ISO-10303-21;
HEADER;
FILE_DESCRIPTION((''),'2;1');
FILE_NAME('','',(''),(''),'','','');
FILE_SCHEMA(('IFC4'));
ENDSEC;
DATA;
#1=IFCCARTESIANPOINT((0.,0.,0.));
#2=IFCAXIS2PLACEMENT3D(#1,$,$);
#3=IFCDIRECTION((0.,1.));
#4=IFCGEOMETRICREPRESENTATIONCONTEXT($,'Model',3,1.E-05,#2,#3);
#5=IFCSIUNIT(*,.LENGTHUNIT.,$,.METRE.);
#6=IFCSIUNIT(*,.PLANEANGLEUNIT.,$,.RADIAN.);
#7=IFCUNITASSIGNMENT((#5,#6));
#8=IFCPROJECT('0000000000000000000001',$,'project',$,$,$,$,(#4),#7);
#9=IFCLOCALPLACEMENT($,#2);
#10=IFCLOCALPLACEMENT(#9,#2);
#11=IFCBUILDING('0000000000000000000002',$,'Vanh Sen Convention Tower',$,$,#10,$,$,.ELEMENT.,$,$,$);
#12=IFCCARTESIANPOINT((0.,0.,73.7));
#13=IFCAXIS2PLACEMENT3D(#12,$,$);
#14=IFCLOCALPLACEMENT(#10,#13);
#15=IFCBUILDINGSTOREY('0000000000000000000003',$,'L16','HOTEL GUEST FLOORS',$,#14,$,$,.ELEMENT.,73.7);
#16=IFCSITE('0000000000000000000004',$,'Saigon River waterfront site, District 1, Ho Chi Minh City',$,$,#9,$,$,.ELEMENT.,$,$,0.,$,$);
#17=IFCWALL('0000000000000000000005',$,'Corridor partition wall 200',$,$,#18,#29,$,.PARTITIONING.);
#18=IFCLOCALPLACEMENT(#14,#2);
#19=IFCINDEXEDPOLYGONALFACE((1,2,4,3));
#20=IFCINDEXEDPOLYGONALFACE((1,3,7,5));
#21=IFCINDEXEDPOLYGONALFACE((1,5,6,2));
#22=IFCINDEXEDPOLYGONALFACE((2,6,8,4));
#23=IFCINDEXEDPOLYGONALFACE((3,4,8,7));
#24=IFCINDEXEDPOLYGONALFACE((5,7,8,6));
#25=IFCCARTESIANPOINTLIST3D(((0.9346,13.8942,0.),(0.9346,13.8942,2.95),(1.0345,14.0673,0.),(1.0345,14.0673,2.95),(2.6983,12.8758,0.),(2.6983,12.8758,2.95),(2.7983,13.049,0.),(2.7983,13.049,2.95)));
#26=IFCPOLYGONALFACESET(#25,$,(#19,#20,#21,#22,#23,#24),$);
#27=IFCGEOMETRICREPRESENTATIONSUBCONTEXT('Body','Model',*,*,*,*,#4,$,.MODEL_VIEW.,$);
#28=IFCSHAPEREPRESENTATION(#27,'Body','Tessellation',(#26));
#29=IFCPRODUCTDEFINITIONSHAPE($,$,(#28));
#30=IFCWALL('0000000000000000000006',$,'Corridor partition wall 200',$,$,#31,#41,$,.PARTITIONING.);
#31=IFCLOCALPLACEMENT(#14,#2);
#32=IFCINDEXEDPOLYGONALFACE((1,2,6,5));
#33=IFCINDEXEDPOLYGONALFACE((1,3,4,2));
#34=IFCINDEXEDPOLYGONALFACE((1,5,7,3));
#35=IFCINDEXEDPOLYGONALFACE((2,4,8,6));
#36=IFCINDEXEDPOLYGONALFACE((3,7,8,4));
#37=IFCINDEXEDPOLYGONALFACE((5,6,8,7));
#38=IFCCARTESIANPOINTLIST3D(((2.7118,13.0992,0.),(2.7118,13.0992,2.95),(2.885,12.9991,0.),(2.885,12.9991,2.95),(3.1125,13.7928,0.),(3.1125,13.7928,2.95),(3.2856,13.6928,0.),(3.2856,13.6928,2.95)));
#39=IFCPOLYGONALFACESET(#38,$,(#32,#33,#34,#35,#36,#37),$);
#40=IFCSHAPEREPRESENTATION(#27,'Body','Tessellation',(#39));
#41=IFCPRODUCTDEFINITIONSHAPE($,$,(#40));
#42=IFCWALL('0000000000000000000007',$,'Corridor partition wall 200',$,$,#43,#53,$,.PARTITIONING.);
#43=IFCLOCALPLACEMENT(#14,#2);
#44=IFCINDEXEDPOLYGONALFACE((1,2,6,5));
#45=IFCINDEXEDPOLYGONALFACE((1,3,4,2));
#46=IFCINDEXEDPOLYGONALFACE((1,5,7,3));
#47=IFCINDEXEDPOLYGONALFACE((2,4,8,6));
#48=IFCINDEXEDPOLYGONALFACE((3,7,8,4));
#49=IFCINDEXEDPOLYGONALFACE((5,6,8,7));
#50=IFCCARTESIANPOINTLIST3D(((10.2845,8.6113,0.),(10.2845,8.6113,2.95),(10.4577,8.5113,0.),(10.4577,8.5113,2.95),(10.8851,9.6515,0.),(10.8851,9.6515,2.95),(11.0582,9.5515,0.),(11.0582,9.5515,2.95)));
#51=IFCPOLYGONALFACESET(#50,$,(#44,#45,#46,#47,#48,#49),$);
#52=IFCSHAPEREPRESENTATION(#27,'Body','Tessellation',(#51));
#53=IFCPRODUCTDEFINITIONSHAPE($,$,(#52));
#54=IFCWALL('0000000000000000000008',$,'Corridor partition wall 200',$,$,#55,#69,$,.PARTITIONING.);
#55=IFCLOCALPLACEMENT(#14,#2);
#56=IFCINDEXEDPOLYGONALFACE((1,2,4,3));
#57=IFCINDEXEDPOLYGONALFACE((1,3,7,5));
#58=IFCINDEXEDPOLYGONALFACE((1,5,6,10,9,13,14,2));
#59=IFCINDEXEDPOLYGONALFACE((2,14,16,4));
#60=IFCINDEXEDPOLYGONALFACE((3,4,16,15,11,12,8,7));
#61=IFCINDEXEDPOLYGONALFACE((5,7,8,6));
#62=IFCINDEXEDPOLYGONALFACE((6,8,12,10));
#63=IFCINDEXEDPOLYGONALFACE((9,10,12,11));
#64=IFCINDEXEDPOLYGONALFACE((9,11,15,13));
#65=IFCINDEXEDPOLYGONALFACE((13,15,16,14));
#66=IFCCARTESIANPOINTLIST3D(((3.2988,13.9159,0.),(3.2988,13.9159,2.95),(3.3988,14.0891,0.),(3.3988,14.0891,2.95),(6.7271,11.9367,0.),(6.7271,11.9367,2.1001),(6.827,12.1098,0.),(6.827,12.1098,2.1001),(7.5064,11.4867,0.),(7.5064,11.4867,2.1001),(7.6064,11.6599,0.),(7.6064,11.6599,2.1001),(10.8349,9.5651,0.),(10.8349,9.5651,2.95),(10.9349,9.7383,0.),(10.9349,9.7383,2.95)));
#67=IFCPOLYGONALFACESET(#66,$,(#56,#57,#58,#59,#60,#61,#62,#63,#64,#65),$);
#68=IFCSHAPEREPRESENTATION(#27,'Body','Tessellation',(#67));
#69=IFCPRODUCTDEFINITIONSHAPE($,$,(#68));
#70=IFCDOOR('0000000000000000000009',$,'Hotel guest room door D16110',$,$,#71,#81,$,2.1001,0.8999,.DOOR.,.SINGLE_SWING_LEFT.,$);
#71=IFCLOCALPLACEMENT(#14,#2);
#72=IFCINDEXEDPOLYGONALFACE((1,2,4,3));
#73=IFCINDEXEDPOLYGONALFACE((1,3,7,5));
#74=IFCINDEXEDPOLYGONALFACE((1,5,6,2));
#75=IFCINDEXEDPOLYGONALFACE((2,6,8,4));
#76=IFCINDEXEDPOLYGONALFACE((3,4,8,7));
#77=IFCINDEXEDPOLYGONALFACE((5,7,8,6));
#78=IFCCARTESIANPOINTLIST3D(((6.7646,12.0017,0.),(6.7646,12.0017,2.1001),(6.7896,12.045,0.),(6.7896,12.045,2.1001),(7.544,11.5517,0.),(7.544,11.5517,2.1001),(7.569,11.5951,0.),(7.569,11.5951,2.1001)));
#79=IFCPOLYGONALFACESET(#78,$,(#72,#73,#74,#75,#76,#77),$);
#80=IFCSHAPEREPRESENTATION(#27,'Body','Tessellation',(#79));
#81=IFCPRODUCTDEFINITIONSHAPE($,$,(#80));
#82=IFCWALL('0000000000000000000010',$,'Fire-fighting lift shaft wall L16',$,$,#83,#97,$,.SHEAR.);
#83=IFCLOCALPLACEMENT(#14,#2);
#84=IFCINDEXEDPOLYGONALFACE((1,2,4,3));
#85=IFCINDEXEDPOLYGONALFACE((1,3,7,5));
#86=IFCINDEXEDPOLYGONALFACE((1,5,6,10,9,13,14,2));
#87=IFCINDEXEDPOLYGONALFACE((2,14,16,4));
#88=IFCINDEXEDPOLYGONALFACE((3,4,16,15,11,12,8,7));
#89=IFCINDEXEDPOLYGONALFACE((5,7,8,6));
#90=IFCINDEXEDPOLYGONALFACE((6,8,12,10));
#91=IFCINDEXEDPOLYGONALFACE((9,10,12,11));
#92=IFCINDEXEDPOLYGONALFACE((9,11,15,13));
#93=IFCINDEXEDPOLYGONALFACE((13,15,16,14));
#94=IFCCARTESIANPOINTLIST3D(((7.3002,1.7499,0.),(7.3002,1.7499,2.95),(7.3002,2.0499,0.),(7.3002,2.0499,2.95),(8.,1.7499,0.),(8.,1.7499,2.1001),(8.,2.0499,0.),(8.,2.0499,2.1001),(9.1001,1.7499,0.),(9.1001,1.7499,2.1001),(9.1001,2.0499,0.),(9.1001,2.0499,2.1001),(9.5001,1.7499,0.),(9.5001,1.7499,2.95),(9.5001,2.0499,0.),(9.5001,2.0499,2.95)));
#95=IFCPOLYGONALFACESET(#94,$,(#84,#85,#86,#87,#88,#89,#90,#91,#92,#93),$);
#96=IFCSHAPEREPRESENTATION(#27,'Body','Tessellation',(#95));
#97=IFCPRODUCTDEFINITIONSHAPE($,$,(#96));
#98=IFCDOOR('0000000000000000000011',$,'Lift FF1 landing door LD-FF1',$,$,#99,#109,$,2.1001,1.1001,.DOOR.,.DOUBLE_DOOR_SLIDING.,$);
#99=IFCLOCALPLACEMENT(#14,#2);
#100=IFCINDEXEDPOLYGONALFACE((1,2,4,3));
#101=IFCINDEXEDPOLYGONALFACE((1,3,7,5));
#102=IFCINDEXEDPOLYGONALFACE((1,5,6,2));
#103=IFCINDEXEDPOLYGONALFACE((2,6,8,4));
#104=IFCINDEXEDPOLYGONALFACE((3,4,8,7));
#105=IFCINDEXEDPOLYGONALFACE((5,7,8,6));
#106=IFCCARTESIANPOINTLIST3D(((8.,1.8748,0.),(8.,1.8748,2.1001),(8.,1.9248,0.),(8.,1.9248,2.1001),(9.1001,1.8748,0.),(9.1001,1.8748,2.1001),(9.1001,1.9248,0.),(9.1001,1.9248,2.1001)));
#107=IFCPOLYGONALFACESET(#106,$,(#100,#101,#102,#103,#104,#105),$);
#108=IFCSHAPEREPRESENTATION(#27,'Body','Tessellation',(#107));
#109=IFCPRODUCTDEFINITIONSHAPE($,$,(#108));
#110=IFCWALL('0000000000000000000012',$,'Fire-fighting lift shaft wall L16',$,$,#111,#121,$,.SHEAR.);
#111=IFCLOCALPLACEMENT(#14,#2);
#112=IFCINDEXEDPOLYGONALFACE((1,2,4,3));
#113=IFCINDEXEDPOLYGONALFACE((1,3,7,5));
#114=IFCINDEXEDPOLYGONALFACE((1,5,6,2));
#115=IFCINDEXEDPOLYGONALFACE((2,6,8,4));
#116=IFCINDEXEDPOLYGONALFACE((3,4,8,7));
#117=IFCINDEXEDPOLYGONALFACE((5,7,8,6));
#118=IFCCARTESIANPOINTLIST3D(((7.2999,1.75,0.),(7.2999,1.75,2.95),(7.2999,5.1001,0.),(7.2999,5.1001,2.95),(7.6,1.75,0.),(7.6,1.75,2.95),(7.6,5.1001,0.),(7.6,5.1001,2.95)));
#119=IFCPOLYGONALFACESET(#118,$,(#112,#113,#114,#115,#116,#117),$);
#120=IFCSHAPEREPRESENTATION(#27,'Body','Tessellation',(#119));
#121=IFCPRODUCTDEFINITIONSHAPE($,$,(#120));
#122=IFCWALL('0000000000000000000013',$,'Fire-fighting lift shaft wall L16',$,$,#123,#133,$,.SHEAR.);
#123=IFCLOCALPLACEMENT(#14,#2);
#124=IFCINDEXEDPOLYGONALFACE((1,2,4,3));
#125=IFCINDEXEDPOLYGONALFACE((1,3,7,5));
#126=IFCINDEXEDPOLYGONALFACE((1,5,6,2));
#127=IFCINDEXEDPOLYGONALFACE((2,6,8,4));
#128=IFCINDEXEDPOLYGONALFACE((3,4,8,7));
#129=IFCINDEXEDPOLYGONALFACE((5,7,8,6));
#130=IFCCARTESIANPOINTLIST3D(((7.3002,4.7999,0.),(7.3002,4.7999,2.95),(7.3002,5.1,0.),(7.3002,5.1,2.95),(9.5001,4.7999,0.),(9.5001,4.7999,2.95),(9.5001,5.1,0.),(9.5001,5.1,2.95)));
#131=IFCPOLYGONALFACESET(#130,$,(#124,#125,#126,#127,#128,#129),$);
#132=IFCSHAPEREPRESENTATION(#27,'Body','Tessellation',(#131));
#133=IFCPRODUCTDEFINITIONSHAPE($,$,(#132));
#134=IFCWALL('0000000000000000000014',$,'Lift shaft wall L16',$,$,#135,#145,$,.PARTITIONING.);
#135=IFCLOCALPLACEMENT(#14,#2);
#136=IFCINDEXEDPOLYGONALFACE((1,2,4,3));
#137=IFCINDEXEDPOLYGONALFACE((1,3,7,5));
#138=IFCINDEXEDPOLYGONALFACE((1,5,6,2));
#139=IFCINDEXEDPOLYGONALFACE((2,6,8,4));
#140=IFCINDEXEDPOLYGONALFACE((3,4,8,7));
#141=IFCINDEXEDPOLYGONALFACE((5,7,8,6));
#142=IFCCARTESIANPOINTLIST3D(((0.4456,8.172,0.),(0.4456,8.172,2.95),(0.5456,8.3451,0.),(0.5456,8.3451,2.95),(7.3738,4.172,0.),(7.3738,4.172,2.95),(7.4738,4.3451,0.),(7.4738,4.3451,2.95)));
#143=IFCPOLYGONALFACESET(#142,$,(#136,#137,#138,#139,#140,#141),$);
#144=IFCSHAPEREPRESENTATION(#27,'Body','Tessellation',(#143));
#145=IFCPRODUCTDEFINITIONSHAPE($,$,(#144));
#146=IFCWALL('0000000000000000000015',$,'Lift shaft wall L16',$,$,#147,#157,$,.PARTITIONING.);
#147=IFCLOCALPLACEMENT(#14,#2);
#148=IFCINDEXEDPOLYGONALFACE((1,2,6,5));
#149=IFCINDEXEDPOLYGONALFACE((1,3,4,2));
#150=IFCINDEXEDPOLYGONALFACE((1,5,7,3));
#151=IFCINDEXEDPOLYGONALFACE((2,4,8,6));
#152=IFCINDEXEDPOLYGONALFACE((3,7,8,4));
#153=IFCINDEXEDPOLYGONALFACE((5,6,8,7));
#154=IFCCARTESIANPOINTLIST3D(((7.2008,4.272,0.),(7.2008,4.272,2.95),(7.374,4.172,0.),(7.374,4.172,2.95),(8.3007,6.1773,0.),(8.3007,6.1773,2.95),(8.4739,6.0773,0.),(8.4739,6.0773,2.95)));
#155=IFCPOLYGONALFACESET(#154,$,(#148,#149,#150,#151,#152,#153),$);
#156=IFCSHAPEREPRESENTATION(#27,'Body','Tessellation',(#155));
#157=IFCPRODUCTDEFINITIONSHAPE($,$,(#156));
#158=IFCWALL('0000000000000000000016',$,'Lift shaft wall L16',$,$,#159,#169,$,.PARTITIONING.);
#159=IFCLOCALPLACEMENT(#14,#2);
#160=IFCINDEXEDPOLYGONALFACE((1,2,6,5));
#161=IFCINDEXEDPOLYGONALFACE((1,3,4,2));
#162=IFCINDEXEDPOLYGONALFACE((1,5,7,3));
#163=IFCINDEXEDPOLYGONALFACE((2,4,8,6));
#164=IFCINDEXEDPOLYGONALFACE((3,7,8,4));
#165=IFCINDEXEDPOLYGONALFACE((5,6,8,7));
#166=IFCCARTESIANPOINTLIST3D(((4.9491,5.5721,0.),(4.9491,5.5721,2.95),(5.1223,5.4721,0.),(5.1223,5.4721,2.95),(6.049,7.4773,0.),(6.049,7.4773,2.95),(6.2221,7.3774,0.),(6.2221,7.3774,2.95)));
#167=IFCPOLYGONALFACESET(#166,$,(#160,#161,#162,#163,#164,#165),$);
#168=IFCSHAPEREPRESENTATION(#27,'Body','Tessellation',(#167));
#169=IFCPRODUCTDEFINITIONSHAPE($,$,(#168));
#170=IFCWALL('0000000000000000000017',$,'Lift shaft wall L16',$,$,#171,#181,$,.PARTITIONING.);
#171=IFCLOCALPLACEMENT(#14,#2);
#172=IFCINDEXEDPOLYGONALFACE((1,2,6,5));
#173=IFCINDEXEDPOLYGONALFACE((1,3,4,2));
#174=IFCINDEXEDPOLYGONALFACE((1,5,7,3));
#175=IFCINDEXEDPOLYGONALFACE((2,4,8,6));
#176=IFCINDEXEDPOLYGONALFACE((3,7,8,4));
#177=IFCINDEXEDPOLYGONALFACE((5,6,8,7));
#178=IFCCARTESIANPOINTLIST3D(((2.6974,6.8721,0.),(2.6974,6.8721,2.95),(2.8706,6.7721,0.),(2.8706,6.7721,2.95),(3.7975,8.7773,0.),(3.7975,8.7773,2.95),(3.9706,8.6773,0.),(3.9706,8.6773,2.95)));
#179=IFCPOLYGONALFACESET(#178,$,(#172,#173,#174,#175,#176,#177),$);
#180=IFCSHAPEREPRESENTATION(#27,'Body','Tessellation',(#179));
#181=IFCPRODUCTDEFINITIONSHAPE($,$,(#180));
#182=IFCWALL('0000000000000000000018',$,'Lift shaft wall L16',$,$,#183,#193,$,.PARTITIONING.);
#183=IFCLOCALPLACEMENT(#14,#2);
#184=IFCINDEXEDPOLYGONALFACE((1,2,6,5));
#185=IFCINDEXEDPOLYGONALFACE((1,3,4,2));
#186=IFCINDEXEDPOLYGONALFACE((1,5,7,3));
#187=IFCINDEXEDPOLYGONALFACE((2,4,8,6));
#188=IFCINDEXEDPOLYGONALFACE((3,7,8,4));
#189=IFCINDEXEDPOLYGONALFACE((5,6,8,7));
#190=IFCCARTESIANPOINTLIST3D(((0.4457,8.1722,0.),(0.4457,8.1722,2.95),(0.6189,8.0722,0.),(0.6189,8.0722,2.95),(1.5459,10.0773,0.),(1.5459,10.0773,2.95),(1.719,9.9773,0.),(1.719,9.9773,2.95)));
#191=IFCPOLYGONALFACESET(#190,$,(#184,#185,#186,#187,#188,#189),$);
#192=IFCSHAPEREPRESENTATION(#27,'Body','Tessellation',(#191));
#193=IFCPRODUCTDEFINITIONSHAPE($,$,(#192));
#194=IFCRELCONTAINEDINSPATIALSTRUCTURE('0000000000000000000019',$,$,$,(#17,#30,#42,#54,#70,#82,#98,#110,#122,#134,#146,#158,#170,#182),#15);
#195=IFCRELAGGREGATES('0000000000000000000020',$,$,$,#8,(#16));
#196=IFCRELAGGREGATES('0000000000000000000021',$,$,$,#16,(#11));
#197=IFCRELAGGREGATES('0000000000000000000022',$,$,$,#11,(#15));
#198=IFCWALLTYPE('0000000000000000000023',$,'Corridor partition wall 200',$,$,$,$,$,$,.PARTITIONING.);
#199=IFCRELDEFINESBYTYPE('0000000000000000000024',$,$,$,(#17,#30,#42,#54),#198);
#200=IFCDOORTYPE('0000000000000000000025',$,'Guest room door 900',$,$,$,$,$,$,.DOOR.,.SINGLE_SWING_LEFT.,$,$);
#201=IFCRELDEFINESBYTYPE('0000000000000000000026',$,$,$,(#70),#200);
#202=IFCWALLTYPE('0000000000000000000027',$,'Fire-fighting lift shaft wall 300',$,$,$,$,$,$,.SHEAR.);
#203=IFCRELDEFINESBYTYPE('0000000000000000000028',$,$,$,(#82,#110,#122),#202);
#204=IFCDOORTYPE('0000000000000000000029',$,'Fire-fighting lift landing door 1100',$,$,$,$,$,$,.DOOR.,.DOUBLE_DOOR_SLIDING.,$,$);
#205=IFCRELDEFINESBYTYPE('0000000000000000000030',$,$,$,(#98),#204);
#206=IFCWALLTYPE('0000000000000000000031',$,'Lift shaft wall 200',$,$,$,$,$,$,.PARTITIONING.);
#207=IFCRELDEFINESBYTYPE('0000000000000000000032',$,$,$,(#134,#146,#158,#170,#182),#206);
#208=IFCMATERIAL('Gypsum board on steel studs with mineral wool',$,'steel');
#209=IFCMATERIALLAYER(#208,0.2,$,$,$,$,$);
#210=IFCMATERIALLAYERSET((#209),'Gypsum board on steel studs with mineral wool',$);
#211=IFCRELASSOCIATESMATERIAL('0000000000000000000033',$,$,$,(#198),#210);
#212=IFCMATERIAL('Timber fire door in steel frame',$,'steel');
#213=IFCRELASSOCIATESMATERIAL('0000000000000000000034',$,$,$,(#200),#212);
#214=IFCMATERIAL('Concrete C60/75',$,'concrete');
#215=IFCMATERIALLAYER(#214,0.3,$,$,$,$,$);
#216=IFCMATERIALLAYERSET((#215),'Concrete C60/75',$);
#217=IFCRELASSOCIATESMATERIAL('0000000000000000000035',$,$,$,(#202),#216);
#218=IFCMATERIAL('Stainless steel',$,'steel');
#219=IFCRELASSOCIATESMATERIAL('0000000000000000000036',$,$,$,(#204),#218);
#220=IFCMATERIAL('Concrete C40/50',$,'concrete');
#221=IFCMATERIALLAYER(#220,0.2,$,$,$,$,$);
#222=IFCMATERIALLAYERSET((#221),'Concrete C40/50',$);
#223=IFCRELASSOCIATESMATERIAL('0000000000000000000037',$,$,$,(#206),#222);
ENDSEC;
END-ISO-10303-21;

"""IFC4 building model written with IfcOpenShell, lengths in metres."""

from ifc_helpers import new_model, si_unit, direction, frame, frame_2d, origin, place, context, subcontext, project, spatial, rectangle, extrude, material, layer, layer_set, type_object, element, fill, save


model = new_model("IFC4")

# Units and contexts
model_context = context("Model", 3, precision=1e-05, world=origin(), true_north=direction((0.0, 1.0)))
body_context = subcontext(model_context, "Body", "Model", "MODEL_VIEW")
ifc_project = project(units=[si_unit("LENGTHUNIT", "METRE"), si_unit("PLANEANGLEUNIT", "RADIAN")], contexts=[model_context])

# Site, building, storey
site_placement = place(None, origin())
site = spatial("IfcSite", under=ifc_project, at=site_placement, Name="Saigon River waterfront site, District 1, Ho Chi Minh City", CompositionType="ELEMENT", RefElevation=0.0)
building_placement = place(site_placement, origin())
building = spatial("IfcBuilding", under=site, at=building_placement, Name="Vanh Sen Convention Tower", CompositionType="ELEMENT")
storey_placement = place(building_placement, frame((0.0, 0.0, 73.7)))
storey = spatial("IfcBuildingStorey", under=building, at=storey_placement, Name="L16", Description="HOTEL GUEST FLOORS", CompositionType="ELEMENT", Elevation=73.7)

# Shared definitions
ifc_material_1 = material(Name="Stainless steel", Category="steel")

# Walls
ifc_material_2 = material(Name="Gypsum board on steel studs with mineral wool", Category="steel")
ifc_layer_1 = layer(ifc_material_2, 0.2)
ifc_layer_set_1 = layer_set([ifc_layer_1], Name="Gypsum board on steel studs with mineral wool")
wall_type_1 = type_object("IfcWallType", Name="Corridor partition wall 200", PredefinedType="PARTITIONING", material=ifc_layer_set_1)
wall_1_placement = place(storey_placement, frame((2.7483, 12.9624, 0.0), z_axis=(0.0, 0.0, 1.0), x_axis=(-0.866014, 0.50002, 0.0)))
element("IfcWall", 1, at=wall_1_placement, inside=storey, type_object=wall_type_1, Name="Corridor partition wall 200", PredefinedType="PARTITIONING", context=body_context, shape_type="SweptSolid", body=[
    extrude(rectangle(XDim=2.0366, YDim=0.2, at=frame_2d((1.0183, 0.0))), origin(), (0.0, 0.0, 1.0), 2.95),
])
wall_2_placement = place(storey_placement, frame((3.199, 13.7427, 0.0), z_axis=(0.0, 0.0, 1.0), x_axis=(-0.500171, -0.865927, 0.0)))
element("IfcWall", 2, at=wall_2_placement, inside=storey, type_object=wall_type_1, Name="Corridor partition wall 200", PredefinedType="PARTITIONING", context=body_context, shape_type="SweptSolid", body=[
    extrude(rectangle(XDim=0.801, YDim=0.2, at=frame_2d((0.4004, 0.0))), origin(), (0.0, 0.0, 1.0), 2.95),
])
wall_3_placement = place(storey_placement, frame((10.3711, 8.5613, 0.0), z_axis=(0.0, 0.0, 1.0), x_axis=(0.499986, 0.866033, 0.0)))
element("IfcWall", 3, at=wall_3_placement, inside=storey, type_object=wall_type_1, Name="Corridor partition wall 200", PredefinedType="PARTITIONING", context=body_context, shape_type="SweptSolid", body=[
    extrude(rectangle(XDim=1.2012, YDim=0.2, at=frame_2d((0.6006, 0.0))), origin(), (0.0, 0.0, 1.0), 2.95),
])

# Walls, openings, doors
wall_4_placement = place(storey_placement, frame((10.885, 9.6516, 0.0), z_axis=(0.0, 0.0, 1.0), x_axis=(-0.866033, 0.499986, 0.0)))
wall_4 = element("IfcWall", 4, at=wall_4_placement, inside=storey, type_object=wall_type_1, Name="Corridor partition wall 200", PredefinedType="PARTITIONING", context=body_context, shape_type="SweptSolid", body=[
    extrude(rectangle(XDim=8.7019, YDim=0.2, at=frame_2d((4.3511, 0.0))), origin(), (0.0, 0.0, 1.0), 2.95),
])
opening_1_placement = place(wall_4_placement, frame((3.8435, 0.0, 0.0)))
opening_1 = element("IfcOpeningElement", 5, at=opening_1_placement, cuts=wall_4, PredefinedType="OPENING", context=body_context, shape_type="SweptSolid", body=[
    extrude(rectangle(XDim=0.8999, YDim=2.1001, at=frame_2d((0.45, 1.05))), frame((0.0, 0.1099, 0.0), z_axis=(0.0, -1.0, 0.0), x_axis=(1.0, 0.0, 0.0)), (0.0, 0.0, 1.0), 0.22),
])
ifc_material_3 = material(Name="Timber fire door in steel frame", Category="steel")
door_type_1 = type_object("IfcDoorType", Name="Guest room door 900", OperationType="SINGLE_SWING_LEFT", PredefinedType="DOOR", material=ifc_material_3)
door_1_placement = place(opening_1_placement, origin())
door_1 = element("IfcDoor", 6, at=door_1_placement, inside=storey, type_object=door_type_1, Name="Hotel guest room door D16110", OperationType="SINGLE_SWING_LEFT", OverallHeight=2.1001, OverallWidth=0.8999, PredefinedType="DOOR", context=body_context, shape_type="SweptSolid", body=[
    extrude(rectangle(XDim=0.8999, YDim=2.1001, at=frame_2d((0.45, 1.05))), frame((0.0, 0.0249, 0.0), z_axis=(0.0, -1.0, 0.0), x_axis=(1.0, 0.0, 0.0)), (0.0, 0.0, 1.0), 0.05),
])
fill(opening_1, door_1)
ifc_material_4 = material(Name="Concrete C60/75", Category="concrete")
ifc_layer_2 = layer(ifc_material_4, 0.3)
ifc_layer_set_2 = layer_set([ifc_layer_2], Name="Concrete C60/75")
wall_type_2 = type_object("IfcWallType", Name="Fire-fighting lift shaft wall 300", PredefinedType="SHEAR", material=ifc_layer_set_2)
wall_5_placement = place(storey_placement, frame((7.3, 1.8999, 0.0), z_axis=(0.0, 0.0, 1.0), x_axis=(1.0, 0.0, 0.0)))
wall_5 = element("IfcWall", 7, at=wall_5_placement, inside=storey, type_object=wall_type_2, Name="Fire-fighting lift shaft wall L16", PredefinedType="SHEAR", context=body_context, shape_type="SweptSolid", body=[
    extrude(rectangle(XDim=2.2, YDim=0.3, at=frame_2d((1.1001, 0.0))), origin(), (0.0, 0.0, 1.0), 2.95),
])
opening_2_placement = place(wall_5_placement, frame((0.7, 0.0, 0.0)))
opening_2 = element("IfcOpeningElement", 8, at=opening_2_placement, cuts=wall_5, PredefinedType="OPENING", context=body_context, shape_type="SweptSolid", body=[
    extrude(rectangle(XDim=1.1001, YDim=2.1001, at=frame_2d((0.55, 1.05))), frame((0.0, 0.1599, 0.0), z_axis=(0.0, -1.0, 0.0), x_axis=(1.0, 0.0, 0.0)), (0.0, 0.0, 1.0), 0.3201),
])
door_type_2 = type_object("IfcDoorType", Name="Fire-fighting lift landing door 1100", OperationType="DOUBLE_DOOR_SLIDING", PredefinedType="DOOR", material=ifc_material_1)
door_2_placement = place(opening_2_placement, origin())
door_2 = element("IfcDoor", 9, at=door_2_placement, inside=storey, type_object=door_type_2, Name="Lift FF1 landing door LD-FF1", OperationType="DOUBLE_DOOR_SLIDING", OverallHeight=2.1001, OverallWidth=1.1001, PredefinedType="DOOR", context=body_context, shape_type="SweptSolid", body=[
    extrude(rectangle(XDim=1.1001, YDim=2.1001, at=frame_2d((0.55, 1.05))), frame((0.0, 0.0249, 0.0), z_axis=(0.0, -1.0, 0.0), x_axis=(1.0, 0.0, 0.0)), (0.0, 0.0, 1.0), 0.05),
])
fill(opening_2, door_2)

# Walls
wall_6_placement = place(storey_placement, frame((7.45, 1.75, 0.0), z_axis=(0.0, 0.0, 1.0), x_axis=(0.0, 1.0, 0.0)))
element("IfcWall", 10, at=wall_6_placement, inside=storey, type_object=wall_type_2, Name="Fire-fighting lift shaft wall L16", PredefinedType="SHEAR", context=body_context, shape_type="SweptSolid", body=[
    extrude(rectangle(XDim=3.3501, YDim=0.3, at=frame_2d((1.675, 0.0))), origin(), (0.0, 0.0, 1.0), 2.95),
])
wall_7_placement = place(storey_placement, frame((7.3, 4.95, 0.0), z_axis=(0.0, 0.0, 1.0), x_axis=(1.0, 0.0, 0.0)))
element("IfcWall", 11, at=wall_7_placement, inside=storey, type_object=wall_type_2, Name="Fire-fighting lift shaft wall L16", PredefinedType="SHEAR", context=body_context, shape_type="SweptSolid", body=[
    extrude(rectangle(XDim=2.2, YDim=0.3, at=frame_2d((1.1001, 0.0))), origin(), (0.0, 0.0, 1.0), 2.95),
])
ifc_material_5 = material(Name="Concrete C40/50", Category="concrete")
ifc_layer_3 = layer(ifc_material_5, 0.2)
ifc_layer_set_3 = layer_set([ifc_layer_3], Name="Concrete C40/50")
wall_type_3 = type_object("IfcWallType", Name="Lift shaft wall 200", PredefinedType="PARTITIONING", material=ifc_layer_set_3)
wall_8_placement = place(storey_placement, frame((7.4238, 4.2585, 0.0), z_axis=(0.0, 0.0, 1.0), x_axis=(-0.866026, 0.499999, 0.0)))
element("IfcWall", 12, at=wall_8_placement, inside=storey, type_object=wall_type_3, Name="Lift shaft wall L16", PredefinedType="PARTITIONING", context=body_context, shape_type="SweptSolid", body=[
    extrude(rectangle(XDim=8.0, YDim=0.2, at=frame_2d((4.0, 0.0))), origin(), (0.0, 0.0, 1.0), 2.95),
])
for number, where, z_axis, x_axis, name in (
    (13, (7.2874, 4.2219, 0.0), (0.0, 0.0, 1.0), (0.499947, 0.866056, 0.0), "Lift shaft wall L16"),
    (14, (5.0356, 5.522, 0.0), (0.0, 0.0, 1.0), (0.499947, 0.866056, 0.0), "Lift shaft wall L16"),
    (15, (2.7839, 6.822, 0.0), (0.0, 0.0, 1.0), (0.50003, 0.866008, 0.0), "Lift shaft wall L16"),
    (16, (0.5322, 8.1221, 0.0), (0.0, 0.0, 1.0), (0.500078, 0.86598, 0.0), "Lift shaft wall L16"),
):
    element("IfcWall", number, at=place(storey_placement, frame(where, z_axis=z_axis, x_axis=x_axis)), inside=storey, type_object=wall_type_3, Name=name, PredefinedType="PARTITIONING", context=body_context, shape_type="SweptSolid", body=[
        extrude(rectangle(XDim=2.2, YDim=0.2, at=frame_2d((1.1001, 0.0))), origin(), (0.0, 0.0, 1.0), 2.95),
    ])

save(model, "model.ifc")
